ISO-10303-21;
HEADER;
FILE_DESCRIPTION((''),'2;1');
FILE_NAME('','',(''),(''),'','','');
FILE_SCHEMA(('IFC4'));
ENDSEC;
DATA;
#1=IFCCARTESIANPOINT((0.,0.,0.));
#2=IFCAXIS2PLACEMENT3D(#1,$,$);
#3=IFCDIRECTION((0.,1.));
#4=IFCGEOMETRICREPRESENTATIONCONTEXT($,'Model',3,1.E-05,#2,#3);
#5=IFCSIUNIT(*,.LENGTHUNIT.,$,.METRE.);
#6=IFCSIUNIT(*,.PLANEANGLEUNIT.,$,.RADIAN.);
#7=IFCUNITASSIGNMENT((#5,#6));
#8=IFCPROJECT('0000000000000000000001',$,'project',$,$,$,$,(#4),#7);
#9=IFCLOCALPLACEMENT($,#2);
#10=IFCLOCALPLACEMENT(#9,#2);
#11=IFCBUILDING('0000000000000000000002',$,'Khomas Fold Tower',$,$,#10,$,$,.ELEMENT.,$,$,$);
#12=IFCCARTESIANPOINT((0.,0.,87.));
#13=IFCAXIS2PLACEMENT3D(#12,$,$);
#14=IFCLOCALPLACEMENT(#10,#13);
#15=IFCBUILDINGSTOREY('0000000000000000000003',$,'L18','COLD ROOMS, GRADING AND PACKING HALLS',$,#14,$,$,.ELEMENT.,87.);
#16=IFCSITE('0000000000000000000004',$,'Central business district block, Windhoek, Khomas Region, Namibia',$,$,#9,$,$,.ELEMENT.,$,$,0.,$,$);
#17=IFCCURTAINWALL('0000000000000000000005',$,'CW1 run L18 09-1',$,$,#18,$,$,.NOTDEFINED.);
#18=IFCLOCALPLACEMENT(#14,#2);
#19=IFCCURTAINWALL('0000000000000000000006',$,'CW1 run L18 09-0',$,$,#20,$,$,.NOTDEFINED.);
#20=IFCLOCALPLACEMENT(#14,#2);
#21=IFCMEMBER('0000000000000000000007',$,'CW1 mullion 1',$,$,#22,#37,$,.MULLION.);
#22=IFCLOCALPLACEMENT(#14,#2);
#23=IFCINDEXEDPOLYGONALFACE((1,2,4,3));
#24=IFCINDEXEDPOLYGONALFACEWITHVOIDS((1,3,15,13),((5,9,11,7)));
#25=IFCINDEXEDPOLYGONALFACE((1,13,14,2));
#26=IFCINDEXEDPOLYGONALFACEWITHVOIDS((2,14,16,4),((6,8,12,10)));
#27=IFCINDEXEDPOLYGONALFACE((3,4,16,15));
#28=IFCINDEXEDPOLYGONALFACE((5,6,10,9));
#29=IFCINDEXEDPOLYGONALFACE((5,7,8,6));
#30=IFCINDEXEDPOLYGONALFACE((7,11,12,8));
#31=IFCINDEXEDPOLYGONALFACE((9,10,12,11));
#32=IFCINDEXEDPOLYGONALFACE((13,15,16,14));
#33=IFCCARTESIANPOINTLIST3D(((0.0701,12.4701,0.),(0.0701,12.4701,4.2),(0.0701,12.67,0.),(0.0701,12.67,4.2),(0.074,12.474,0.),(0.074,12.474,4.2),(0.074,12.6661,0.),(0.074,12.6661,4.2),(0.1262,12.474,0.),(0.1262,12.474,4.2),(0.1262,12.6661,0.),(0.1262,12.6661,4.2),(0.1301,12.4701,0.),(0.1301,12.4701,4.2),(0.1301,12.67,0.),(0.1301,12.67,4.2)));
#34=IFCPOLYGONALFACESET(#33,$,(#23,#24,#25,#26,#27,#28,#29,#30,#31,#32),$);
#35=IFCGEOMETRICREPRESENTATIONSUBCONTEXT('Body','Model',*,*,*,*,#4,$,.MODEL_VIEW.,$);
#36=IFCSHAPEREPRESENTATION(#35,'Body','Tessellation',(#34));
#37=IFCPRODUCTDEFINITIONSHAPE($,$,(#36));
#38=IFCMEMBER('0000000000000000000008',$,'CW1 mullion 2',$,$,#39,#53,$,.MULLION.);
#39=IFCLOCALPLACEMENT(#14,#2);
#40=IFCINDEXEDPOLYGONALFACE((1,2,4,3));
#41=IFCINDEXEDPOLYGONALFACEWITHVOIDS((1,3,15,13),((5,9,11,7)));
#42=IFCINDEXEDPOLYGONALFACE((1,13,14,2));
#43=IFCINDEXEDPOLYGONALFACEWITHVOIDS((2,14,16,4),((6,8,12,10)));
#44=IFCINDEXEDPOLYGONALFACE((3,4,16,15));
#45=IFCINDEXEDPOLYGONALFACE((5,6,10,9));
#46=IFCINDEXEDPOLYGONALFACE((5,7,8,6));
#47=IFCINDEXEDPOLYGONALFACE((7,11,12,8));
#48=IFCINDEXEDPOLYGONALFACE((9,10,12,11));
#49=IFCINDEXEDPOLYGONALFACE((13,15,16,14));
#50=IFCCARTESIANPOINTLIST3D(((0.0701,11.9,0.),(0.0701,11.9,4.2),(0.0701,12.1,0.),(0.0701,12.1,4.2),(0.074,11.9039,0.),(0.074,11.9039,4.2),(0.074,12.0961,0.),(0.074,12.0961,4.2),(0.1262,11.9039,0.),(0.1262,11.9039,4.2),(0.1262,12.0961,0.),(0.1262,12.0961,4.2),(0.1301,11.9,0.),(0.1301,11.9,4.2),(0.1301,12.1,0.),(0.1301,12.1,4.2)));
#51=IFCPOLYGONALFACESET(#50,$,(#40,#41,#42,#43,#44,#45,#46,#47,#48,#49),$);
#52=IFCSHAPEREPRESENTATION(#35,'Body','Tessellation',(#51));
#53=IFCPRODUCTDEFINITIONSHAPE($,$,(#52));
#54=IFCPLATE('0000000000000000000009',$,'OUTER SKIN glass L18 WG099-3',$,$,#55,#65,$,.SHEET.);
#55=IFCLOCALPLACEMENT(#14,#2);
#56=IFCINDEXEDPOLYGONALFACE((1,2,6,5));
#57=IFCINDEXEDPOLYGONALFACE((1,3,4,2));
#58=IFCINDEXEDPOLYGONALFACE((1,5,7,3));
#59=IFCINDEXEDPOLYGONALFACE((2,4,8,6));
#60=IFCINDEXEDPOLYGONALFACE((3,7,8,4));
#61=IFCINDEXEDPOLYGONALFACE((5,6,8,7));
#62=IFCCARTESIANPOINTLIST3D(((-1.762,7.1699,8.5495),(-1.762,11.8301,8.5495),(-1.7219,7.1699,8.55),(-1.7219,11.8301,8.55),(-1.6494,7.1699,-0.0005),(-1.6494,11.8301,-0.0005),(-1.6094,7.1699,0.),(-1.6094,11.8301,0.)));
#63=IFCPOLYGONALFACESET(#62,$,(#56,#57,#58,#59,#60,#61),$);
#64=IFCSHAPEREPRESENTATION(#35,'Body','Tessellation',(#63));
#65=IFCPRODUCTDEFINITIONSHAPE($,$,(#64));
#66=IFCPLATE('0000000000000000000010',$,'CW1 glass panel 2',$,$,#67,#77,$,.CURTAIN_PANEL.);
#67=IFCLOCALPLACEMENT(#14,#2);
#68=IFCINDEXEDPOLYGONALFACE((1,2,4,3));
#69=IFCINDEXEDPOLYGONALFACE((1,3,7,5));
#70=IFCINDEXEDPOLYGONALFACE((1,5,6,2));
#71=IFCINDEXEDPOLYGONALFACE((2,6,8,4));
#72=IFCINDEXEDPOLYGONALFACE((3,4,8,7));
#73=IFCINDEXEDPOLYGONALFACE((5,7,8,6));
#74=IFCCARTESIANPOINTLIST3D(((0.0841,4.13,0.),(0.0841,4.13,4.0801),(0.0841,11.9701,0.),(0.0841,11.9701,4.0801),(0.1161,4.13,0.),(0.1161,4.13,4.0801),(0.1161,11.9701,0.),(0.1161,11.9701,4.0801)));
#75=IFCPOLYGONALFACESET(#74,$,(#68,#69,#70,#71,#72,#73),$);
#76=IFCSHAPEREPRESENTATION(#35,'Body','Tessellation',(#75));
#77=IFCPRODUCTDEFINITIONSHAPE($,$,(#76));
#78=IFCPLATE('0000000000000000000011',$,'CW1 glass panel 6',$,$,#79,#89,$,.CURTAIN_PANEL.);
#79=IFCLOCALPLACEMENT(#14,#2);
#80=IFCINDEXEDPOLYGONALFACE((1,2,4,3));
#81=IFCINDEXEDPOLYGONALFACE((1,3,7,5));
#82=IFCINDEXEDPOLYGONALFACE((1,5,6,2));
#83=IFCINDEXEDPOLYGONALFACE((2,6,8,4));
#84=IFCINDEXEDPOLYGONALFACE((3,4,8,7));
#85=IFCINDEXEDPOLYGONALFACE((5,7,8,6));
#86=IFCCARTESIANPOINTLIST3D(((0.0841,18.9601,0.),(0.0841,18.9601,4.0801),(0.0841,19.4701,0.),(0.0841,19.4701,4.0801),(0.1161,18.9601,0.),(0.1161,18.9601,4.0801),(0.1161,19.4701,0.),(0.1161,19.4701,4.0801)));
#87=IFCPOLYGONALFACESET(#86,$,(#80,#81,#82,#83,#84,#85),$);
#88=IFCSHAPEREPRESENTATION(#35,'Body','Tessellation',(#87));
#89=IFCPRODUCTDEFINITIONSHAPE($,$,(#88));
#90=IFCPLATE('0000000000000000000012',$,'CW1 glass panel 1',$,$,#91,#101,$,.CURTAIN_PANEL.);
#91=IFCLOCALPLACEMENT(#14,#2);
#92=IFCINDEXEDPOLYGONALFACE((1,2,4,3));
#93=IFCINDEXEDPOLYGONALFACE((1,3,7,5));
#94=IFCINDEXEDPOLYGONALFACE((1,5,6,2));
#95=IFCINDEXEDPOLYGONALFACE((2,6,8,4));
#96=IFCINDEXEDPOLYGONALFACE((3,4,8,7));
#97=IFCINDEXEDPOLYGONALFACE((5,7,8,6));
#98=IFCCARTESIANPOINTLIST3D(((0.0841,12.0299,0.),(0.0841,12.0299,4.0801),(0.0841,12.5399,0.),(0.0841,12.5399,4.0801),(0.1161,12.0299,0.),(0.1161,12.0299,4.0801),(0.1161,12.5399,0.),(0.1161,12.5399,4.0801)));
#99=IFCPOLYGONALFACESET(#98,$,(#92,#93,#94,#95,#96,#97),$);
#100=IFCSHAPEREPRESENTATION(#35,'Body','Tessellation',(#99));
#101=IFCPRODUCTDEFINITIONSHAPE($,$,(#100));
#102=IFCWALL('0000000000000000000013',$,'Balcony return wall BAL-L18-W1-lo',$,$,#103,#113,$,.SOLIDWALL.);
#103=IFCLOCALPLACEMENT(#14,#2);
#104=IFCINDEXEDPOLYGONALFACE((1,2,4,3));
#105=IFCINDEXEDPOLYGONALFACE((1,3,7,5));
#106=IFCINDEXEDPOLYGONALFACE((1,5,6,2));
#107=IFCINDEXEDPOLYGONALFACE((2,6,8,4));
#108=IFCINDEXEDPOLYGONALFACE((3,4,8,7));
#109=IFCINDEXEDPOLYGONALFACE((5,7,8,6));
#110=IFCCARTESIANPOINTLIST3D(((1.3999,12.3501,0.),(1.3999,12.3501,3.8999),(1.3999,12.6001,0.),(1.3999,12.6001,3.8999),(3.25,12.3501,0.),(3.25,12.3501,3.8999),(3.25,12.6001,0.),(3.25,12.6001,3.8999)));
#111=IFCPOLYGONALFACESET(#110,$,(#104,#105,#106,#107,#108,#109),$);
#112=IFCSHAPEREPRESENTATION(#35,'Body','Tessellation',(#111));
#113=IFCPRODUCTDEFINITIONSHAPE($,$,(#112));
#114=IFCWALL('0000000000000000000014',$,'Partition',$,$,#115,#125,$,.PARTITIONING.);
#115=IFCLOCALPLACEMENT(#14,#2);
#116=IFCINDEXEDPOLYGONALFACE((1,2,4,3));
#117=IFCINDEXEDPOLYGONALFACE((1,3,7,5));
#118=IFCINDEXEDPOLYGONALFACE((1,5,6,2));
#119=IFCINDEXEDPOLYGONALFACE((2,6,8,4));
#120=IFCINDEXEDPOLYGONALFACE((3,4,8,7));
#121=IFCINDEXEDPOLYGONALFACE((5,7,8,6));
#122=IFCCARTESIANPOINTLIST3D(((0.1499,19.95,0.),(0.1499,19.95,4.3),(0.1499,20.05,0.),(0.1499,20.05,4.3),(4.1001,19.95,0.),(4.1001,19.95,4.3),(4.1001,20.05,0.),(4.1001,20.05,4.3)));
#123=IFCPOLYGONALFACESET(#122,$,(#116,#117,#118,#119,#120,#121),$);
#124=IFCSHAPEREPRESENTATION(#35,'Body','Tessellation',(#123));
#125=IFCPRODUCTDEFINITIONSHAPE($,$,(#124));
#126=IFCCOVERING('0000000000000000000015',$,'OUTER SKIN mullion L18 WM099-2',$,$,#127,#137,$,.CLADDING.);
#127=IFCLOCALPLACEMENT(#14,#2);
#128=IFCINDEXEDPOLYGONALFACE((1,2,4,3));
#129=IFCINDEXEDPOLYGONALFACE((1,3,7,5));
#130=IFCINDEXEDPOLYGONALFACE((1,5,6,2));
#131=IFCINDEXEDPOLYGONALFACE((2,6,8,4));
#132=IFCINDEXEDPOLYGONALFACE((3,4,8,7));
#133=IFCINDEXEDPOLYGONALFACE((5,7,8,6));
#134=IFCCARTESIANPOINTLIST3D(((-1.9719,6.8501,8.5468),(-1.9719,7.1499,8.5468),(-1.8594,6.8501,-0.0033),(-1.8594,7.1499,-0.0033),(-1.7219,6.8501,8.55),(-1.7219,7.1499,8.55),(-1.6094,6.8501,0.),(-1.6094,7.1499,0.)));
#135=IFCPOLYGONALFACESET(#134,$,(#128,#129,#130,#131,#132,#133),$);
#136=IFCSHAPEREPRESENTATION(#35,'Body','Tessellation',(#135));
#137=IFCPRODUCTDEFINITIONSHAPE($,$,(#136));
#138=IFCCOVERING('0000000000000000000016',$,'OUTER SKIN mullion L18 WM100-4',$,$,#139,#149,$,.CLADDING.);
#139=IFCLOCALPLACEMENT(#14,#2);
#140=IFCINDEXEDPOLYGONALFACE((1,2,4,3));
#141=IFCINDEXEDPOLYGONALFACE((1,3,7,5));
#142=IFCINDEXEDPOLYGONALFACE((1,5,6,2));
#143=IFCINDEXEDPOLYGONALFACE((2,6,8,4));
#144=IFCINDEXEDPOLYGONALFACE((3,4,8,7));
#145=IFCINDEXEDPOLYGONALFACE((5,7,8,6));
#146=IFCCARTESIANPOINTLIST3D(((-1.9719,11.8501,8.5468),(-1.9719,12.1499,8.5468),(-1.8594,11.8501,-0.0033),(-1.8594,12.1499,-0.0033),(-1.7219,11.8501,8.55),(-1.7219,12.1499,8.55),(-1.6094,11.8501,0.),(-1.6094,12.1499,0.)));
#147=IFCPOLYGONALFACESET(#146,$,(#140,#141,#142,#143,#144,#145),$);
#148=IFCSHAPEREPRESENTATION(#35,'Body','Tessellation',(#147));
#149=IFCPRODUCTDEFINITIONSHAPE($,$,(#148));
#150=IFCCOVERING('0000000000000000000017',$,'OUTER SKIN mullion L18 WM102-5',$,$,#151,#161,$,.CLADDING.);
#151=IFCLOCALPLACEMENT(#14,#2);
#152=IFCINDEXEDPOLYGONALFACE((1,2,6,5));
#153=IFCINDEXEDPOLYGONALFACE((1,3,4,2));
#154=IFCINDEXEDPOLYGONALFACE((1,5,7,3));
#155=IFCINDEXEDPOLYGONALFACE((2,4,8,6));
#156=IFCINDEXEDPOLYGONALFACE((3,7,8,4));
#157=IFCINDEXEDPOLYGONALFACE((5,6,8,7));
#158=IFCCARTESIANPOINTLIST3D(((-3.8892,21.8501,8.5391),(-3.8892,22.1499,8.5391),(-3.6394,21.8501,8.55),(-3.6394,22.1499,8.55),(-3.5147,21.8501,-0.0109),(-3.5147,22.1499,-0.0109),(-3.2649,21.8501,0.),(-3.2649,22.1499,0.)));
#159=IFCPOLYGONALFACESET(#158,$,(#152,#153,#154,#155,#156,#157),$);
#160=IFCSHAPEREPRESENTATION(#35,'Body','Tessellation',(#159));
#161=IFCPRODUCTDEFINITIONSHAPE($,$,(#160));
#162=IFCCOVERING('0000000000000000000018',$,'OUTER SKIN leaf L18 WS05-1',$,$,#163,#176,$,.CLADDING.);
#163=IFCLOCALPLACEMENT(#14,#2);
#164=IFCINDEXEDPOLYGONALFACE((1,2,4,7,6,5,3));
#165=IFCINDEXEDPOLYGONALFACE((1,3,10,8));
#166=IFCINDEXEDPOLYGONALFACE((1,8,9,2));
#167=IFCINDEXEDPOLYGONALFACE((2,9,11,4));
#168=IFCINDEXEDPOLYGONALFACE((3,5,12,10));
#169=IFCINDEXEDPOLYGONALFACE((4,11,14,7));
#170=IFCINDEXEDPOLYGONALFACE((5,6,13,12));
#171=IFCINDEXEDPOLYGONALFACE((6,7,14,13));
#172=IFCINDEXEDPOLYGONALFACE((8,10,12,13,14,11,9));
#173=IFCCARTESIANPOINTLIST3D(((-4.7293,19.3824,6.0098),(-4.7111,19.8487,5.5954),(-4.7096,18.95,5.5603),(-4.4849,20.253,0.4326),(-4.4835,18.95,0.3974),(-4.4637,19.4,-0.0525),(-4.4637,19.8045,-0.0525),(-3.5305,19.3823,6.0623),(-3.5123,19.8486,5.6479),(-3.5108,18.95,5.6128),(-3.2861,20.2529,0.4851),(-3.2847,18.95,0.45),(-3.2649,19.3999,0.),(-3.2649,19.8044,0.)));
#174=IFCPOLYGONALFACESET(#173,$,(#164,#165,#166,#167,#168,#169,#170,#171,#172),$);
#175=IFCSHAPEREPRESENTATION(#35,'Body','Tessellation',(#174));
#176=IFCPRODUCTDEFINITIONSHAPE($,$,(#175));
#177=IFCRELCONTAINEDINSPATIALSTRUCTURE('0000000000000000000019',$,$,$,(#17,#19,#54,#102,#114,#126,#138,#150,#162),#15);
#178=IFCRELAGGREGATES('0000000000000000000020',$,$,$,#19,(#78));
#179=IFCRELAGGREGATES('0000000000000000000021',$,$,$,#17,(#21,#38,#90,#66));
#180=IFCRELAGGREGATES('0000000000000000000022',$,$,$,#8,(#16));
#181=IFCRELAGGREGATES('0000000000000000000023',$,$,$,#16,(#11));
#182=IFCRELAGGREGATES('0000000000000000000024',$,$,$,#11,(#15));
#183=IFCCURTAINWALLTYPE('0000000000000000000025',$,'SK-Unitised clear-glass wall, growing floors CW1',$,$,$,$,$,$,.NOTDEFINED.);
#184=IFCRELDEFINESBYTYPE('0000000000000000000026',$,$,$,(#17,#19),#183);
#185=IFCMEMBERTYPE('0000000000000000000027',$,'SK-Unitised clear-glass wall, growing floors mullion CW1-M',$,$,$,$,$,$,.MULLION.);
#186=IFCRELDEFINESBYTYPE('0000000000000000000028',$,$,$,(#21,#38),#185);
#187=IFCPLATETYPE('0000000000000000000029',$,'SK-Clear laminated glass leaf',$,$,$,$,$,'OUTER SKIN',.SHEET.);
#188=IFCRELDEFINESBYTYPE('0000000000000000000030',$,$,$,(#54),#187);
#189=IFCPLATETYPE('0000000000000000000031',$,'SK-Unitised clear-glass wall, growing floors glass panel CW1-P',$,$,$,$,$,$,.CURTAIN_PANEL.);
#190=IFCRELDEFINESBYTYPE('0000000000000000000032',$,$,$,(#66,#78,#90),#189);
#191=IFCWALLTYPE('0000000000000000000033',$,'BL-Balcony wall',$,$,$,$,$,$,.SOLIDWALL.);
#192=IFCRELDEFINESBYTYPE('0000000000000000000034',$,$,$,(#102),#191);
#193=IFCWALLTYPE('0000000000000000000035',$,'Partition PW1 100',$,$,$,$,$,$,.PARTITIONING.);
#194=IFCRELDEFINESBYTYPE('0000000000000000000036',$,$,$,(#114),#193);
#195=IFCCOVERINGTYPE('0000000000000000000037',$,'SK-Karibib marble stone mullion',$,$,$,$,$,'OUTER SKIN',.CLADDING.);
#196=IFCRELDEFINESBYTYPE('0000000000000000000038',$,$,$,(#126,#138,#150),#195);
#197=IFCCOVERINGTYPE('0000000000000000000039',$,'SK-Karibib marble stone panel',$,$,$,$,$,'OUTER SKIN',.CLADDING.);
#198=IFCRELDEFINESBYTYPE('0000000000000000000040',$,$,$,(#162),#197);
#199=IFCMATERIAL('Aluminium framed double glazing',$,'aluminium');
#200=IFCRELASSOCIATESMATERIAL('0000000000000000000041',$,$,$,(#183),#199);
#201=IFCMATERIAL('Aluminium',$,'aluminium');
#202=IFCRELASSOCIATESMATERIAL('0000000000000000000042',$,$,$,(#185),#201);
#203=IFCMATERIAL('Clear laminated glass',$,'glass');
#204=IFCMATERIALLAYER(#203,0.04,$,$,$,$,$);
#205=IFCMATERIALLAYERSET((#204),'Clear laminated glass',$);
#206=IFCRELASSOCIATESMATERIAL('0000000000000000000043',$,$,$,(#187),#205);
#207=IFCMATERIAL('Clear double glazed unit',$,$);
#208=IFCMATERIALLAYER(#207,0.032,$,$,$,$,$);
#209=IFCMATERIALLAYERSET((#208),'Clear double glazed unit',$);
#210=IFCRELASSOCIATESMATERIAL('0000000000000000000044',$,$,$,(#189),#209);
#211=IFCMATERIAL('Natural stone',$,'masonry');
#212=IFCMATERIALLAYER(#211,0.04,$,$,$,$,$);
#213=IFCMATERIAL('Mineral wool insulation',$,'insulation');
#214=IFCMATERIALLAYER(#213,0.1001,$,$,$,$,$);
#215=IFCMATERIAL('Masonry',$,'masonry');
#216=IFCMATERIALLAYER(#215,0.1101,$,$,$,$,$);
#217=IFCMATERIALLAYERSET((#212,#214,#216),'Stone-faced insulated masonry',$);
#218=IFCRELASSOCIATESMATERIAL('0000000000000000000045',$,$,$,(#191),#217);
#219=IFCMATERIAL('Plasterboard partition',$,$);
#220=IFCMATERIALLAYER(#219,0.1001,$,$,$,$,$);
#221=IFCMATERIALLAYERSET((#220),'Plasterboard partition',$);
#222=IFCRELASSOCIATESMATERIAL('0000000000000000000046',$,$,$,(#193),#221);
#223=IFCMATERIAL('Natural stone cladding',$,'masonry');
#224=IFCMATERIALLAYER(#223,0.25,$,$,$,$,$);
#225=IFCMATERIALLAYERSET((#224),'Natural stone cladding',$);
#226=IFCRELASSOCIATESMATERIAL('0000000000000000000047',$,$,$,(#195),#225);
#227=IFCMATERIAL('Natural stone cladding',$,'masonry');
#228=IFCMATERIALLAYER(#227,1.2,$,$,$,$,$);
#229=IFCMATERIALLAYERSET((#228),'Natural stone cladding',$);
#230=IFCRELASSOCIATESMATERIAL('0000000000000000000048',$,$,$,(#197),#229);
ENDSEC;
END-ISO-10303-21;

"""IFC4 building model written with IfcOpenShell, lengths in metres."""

from ifc_helpers import new_model, si_unit, direction, frame, frame_2d, origin, origin_2d, place, context, subcontext, project, spatial, polyline, rectangle, hollow_rectangle, outline, extrude, source, transform, mapped, material, layer, layer_set, material_profile, profile_set, type_object, element, aggregate, save


model = new_model("IFC4")

# Units and contexts
model_context = context("Model", 3, precision=1e-05, world=origin(), true_north=direction((0.0, 1.0)))
body_context = subcontext(model_context, "Body", "Model", "MODEL_VIEW")
ifc_project = project(units=[si_unit("LENGTHUNIT", "METRE"), si_unit("PLANEANGLEUNIT", "RADIAN")], contexts=[model_context])

# Site, building, storey
site_placement = place(None, origin())
site = spatial("IfcSite", under=ifc_project, at=site_placement, Name="Central business district block, Windhoek, Khomas Region, Namibia", CompositionType="ELEMENT", RefElevation=0.0)
building_placement = place(site_placement, origin())
building = spatial("IfcBuilding", under=site, at=building_placement, Name="Khomas Fold Tower", CompositionType="ELEMENT")
storey_placement = place(building_placement, frame((0.0, 0.0, 87.0)))
storey = spatial("IfcBuildingStorey", under=building, at=storey_placement, Name="L18", Description="COLD ROOMS, GRADING AND PACKING HALLS", CompositionType="ELEMENT", Elevation=87.0)

# Curtain walls
ifc_material_1 = material(Name="Aluminium framed double glazing", Category="aluminium")
curtain_wall_type = type_object("IfcCurtainWallType", Name="SK-Unitised clear-glass wall, growing floors CW1", PredefinedType="NOTDEFINED", material=ifc_material_1)
curtain_wall_1_placement = place(storey_placement, origin())
curtain_wall_1 = element("IfcCurtainWall", 1, at=curtain_wall_1_placement, inside=storey, type_object=curtain_wall_type, Name="CW1 run L18 09-1", PredefinedType="NOTDEFINED")
curtain_wall_2_placement = place(storey_placement, origin())
curtain_wall_2 = element("IfcCurtainWall", 2, at=curtain_wall_2_placement, inside=storey, type_object=curtain_wall_type, Name="CW1 run L18 09-0", PredefinedType="NOTDEFINED")

# Members
ifc_material_2 = material(Name="Aluminium", Category="aluminium")
ifc_material_profile_1 = material_profile(ifc_material_2, hollow_rectangle(XDim=0.0601, YDim=0.2, WallThickness=0.0039, at=origin_2d()), Name="SK-Unitised clear-glass wall, growing floors mullion CW1-M")
ifc_profile_set_1 = profile_set([ifc_material_profile_1], Name="Aluminium")
member_type_1 = type_object("IfcMemberType", Name="SK-Unitised clear-glass wall, growing floors mullion CW1-M", PredefinedType="MULLION", material=ifc_profile_set_1)
shared_shape_1 = source(origin(), body_context, "Body", "SweptSolid", [
    extrude(hollow_rectangle(XDim=0.0601, YDim=0.2, WallThickness=0.0039, at=origin_2d()), origin(), (0.0, 0.0, 1.0), 4.2),
])
member_1_placement = place(storey_placement, frame((0.1001, 12.5701, 0.0), z_axis=(0.0, 0.0, 1.0), x_axis=(1.0, 0.0, 0.0)))
member_1 = element("IfcMember", 3, at=member_1_placement, type_object=member_type_1, Name="CW1 mullion 1", PredefinedType="MULLION", context=body_context, shape_type="MappedRepresentation", body=[
    mapped(shared_shape_1, transform((0.0, 0.0, 0.0))),
])
member_2_placement = place(storey_placement, frame((0.1001, 12.0, 0.0), z_axis=(0.0, 0.0, 1.0), x_axis=(1.0, 0.0, 0.0)))
member_2 = element("IfcMember", 4, at=member_2_placement, type_object=member_type_1, Name="CW1 mullion 2", PredefinedType="MULLION", context=body_context, shape_type="MappedRepresentation", body=[
    mapped(shared_shape_1, transform((0.0, 0.0, 0.0))),
])

# Plates
ifc_material_3 = material(Name="Clear laminated glass", Category="glass")
ifc_layer_1 = layer(ifc_material_3, 0.04)
ifc_layer_set_1 = layer_set([ifc_layer_1], Name="Clear laminated glass")
plate_type_1 = type_object("IfcPlateType", Name="SK-Clear laminated glass leaf", ElementType="OUTER SKIN", PredefinedType="SHEET", material=ifc_layer_set_1)
plate_1_placement = place(storey_placement, frame((-1.6094, 7.1699, 0.0), z_axis=(0.999913, 0.0, 0.013162), x_axis=(-0.013162, 0.0, 0.999913)))
element("IfcPlate", 5, at=plate_1_placement, inside=storey, type_object=plate_type_1, Name="OUTER SKIN glass L18 WG099-3", PredefinedType="SHEET", context=body_context, shape_type="SweptSolid", body=[
    extrude(outline(polyline([(0.0, 0.0), (8.5508, 0.0), (8.5508, -4.6602), (0.0, -4.6602), (0.0, 0.0)])), origin(), (0.0, 0.0, -1.0), 0.04),
])
ifc_material_4 = material(Name="Clear double glazed unit")
ifc_layer_2 = layer(ifc_material_4, 0.032)
ifc_layer_set_2 = layer_set([ifc_layer_2], Name="Clear double glazed unit")
plate_type_2 = type_object("IfcPlateType", Name="SK-Unitised clear-glass wall, growing floors glass panel CW1-P", PredefinedType="CURTAIN_PANEL", material=ifc_layer_set_2)
shared_shape_2 = source(origin(), body_context, "Body", "SweptSolid", [
    extrude(rectangle(XDim=7.8401, YDim=0.032, at=origin_2d()), origin(), (0.0, 0.0, 1.0), 4.0801),
])
plate_2_placement = place(storey_placement, frame((0.1001, 8.05, 0.0), z_axis=(0.0, 0.0, 1.0), x_axis=(0.0, -1.0, 0.0)))
plate_2 = element("IfcPlate", 6, at=plate_2_placement, type_object=plate_type_2, Name="CW1 glass panel 2", PredefinedType="CURTAIN_PANEL", context=body_context, shape_type="MappedRepresentation", body=[
    mapped(shared_shape_2, transform((0.0, 0.0, 0.0))),
])
shared_shape_3 = source(origin(), body_context, "Body", "SweptSolid", [
    extrude(rectangle(XDim=0.51, YDim=0.032, at=origin_2d()), origin(), (0.0, 0.0, 1.0), 4.0801),
])
plate_3_placement = place(storey_placement, frame((0.1001, 19.2151, 0.0), z_axis=(0.0, 0.0, 1.0), x_axis=(0.0, -1.0, 0.0)))
plate_3 = element("IfcPlate", 7, at=plate_3_placement, type_object=plate_type_2, Name="CW1 glass panel 6", PredefinedType="CURTAIN_PANEL", context=body_context, shape_type="MappedRepresentation", body=[
    mapped(shared_shape_3, transform((0.0, 0.0, 0.0))),
])
aggregate(curtain_wall_2, [plate_3])
plate_4_placement = place(storey_placement, frame((0.1001, 12.2849, 0.0), z_axis=(0.0, 0.0, 1.0), x_axis=(0.0, -1.0, 0.0)))
plate_4 = element("IfcPlate", 8, at=plate_4_placement, type_object=plate_type_2, Name="CW1 glass panel 1", PredefinedType="CURTAIN_PANEL", context=body_context, shape_type="MappedRepresentation", body=[
    mapped(shared_shape_3, transform((0.0, 0.0, 0.0))),
])
aggregate(curtain_wall_1, [member_1, member_2, plate_4, plate_2])

# Walls
ifc_material_5 = material(Name="Natural stone", Category="masonry")
ifc_layer_3 = layer(ifc_material_5, 0.04)
ifc_material_6 = material(Name="Mineral wool insulation", Category="insulation")
ifc_layer_4 = layer(ifc_material_6, 0.1001)
ifc_material_7 = material(Name="Masonry", Category="masonry")
ifc_layer_5 = layer(ifc_material_7, 0.1101)
ifc_layer_set_3 = layer_set([ifc_layer_3, ifc_layer_4, ifc_layer_5], Name="Stone-faced insulated masonry")
wall_type_1 = type_object("IfcWallType", Name="BL-Balcony wall", PredefinedType="SOLIDWALL", material=ifc_layer_set_3)
shared_shape_4 = source(origin(), body_context, "Body", "SweptSolid", [
    extrude(rectangle(XDim=1.8501, YDim=0.25, at=frame_2d((0.925, 0.0))), origin(), (0.0, 0.0, 1.0), 3.8999),
])
wall_1_placement = place(storey_placement, frame((1.3999, 12.4751, 0.0), z_axis=(0.0, 0.0, 1.0), x_axis=(1.0, 0.0, 0.0)))
element("IfcWall", 9, at=wall_1_placement, inside=storey, type_object=wall_type_1, Name="Balcony return wall BAL-L18-W1-lo", PredefinedType="SOLIDWALL", context=body_context, shape_type="MappedRepresentation", body=[
    mapped(shared_shape_4, transform((0.0, 0.0, 0.0))),
])
ifc_material_8 = material(Name="Plasterboard partition")
ifc_layer_6 = layer(ifc_material_8, 0.1001)
ifc_layer_set_4 = layer_set([ifc_layer_6], Name="Plasterboard partition")
wall_type_2 = type_object("IfcWallType", Name="Partition PW1 100", PredefinedType="PARTITIONING", material=ifc_layer_set_4)
shared_shape_5 = source(origin(), body_context, "Body", "SweptSolid", [
    extrude(rectangle(XDim=3.9502, YDim=0.1001, at=frame_2d((1.9751, 0.0))), origin(), (0.0, 0.0, 1.0), 4.3),
])
wall_2_placement = place(storey_placement, frame((0.1499, 20.0, 0.0), z_axis=(0.0, 0.0, 1.0), x_axis=(1.0, 0.0, 0.0)))
element("IfcWall", 10, at=wall_2_placement, inside=storey, type_object=wall_type_2, Name="Partition", PredefinedType="PARTITIONING", context=body_context, shape_type="MappedRepresentation", body=[
    mapped(shared_shape_5, transform((0.0, 0.0, 0.0))),
])

# Coverings
ifc_material_9 = material(Name="Natural stone cladding", Category="masonry")
ifc_layer_7 = layer(ifc_material_9, 0.25)
ifc_layer_set_5 = layer_set([ifc_layer_7], Name="Natural stone cladding")
covering_type_1 = type_object("IfcCoveringType", Name="SK-Karibib marble stone mullion", ElementType="OUTER SKIN", PredefinedType="CLADDING", material=ifc_layer_set_5)
for number, where, z_axis, x_axis, name in (
    (11, (-1.6094, 6.8501, 0.0), (0.999913, 0.0, 0.013162), (-0.013162, 0.0, 0.999913), "OUTER SKIN mullion L18 WM099-2"),
    (12, (-1.6094, 11.8501, 0.0), (0.999913, 0.0, 0.013162), (-0.013162, 0.0, 0.999913), "OUTER SKIN mullion L18 WM100-4"),
):
    element("IfcCovering", number, at=place(storey_placement, frame(where, z_axis=z_axis, x_axis=x_axis)), inside=storey, type_object=covering_type_1, Name=name, PredefinedType="CLADDING", context=body_context, shape_type="SweptSolid", body=[
        extrude(outline(polyline([(0.0, 0.0), (8.5508, 0.0), (8.5508, -0.2998), (0.0, -0.2998), (0.0, 0.0)])), origin(), (0.0, 0.0, -1.0), 0.25),
    ])
covering_1_placement = place(storey_placement, frame((-3.6394, 22.1499, 8.55), z_axis=(0.999042, 0.0, 0.04376), x_axis=(0.04376, 0.0, -0.999042)))
element("IfcCovering", 13, at=covering_1_placement, inside=storey, type_object=covering_type_1, Name="OUTER SKIN mullion L18 WM102-5", PredefinedType="CLADDING", context=body_context, shape_type="SweptSolid", body=[
    extrude(outline(polyline([(0.0, 0.0), (8.5582, 0.0), (8.5582, -0.2998), (0.0, -0.2998), (0.0, 0.0)])), origin(), (0.0, 0.0, -1.0), 0.25),
])
ifc_material_10 = material(Name="Natural stone cladding", Category="masonry")
ifc_layer_8 = layer(ifc_material_10, 1.2)
ifc_layer_set_6 = layer_set([ifc_layer_8], Name="Natural stone cladding")
covering_type_2 = type_object("IfcCoveringType", Name="SK-Karibib marble stone panel", ElementType="OUTER SKIN", PredefinedType="CLADDING", material=ifc_layer_set_6)
covering_2_placement = place(storey_placement, frame((-3.2847, 18.95, 0.45), z_axis=(0.999042, -0.000067, 0.043758), x_axis=(-0.043758, 0.0, 0.999042)))
element("IfcCovering", 14, at=covering_2_placement, inside=storey, type_object=covering_type_2, Name="OUTER SKIN leaf L18 WS05-1", PredefinedType="CLADDING", context=body_context, shape_type="SweptSolid", body=[
    extrude(outline(polyline([(0.0, 0.0), (5.1678, 0.0), (5.6177, -0.4324), (5.203, -0.8987), (0.0352, -1.303), (-0.4504, -0.8545), (-0.4504, -0.45), (0.0, 0.0)])), origin(), (0.0, 0.0, -1.0), 1.2),
])

save(model, "model.ifc")
